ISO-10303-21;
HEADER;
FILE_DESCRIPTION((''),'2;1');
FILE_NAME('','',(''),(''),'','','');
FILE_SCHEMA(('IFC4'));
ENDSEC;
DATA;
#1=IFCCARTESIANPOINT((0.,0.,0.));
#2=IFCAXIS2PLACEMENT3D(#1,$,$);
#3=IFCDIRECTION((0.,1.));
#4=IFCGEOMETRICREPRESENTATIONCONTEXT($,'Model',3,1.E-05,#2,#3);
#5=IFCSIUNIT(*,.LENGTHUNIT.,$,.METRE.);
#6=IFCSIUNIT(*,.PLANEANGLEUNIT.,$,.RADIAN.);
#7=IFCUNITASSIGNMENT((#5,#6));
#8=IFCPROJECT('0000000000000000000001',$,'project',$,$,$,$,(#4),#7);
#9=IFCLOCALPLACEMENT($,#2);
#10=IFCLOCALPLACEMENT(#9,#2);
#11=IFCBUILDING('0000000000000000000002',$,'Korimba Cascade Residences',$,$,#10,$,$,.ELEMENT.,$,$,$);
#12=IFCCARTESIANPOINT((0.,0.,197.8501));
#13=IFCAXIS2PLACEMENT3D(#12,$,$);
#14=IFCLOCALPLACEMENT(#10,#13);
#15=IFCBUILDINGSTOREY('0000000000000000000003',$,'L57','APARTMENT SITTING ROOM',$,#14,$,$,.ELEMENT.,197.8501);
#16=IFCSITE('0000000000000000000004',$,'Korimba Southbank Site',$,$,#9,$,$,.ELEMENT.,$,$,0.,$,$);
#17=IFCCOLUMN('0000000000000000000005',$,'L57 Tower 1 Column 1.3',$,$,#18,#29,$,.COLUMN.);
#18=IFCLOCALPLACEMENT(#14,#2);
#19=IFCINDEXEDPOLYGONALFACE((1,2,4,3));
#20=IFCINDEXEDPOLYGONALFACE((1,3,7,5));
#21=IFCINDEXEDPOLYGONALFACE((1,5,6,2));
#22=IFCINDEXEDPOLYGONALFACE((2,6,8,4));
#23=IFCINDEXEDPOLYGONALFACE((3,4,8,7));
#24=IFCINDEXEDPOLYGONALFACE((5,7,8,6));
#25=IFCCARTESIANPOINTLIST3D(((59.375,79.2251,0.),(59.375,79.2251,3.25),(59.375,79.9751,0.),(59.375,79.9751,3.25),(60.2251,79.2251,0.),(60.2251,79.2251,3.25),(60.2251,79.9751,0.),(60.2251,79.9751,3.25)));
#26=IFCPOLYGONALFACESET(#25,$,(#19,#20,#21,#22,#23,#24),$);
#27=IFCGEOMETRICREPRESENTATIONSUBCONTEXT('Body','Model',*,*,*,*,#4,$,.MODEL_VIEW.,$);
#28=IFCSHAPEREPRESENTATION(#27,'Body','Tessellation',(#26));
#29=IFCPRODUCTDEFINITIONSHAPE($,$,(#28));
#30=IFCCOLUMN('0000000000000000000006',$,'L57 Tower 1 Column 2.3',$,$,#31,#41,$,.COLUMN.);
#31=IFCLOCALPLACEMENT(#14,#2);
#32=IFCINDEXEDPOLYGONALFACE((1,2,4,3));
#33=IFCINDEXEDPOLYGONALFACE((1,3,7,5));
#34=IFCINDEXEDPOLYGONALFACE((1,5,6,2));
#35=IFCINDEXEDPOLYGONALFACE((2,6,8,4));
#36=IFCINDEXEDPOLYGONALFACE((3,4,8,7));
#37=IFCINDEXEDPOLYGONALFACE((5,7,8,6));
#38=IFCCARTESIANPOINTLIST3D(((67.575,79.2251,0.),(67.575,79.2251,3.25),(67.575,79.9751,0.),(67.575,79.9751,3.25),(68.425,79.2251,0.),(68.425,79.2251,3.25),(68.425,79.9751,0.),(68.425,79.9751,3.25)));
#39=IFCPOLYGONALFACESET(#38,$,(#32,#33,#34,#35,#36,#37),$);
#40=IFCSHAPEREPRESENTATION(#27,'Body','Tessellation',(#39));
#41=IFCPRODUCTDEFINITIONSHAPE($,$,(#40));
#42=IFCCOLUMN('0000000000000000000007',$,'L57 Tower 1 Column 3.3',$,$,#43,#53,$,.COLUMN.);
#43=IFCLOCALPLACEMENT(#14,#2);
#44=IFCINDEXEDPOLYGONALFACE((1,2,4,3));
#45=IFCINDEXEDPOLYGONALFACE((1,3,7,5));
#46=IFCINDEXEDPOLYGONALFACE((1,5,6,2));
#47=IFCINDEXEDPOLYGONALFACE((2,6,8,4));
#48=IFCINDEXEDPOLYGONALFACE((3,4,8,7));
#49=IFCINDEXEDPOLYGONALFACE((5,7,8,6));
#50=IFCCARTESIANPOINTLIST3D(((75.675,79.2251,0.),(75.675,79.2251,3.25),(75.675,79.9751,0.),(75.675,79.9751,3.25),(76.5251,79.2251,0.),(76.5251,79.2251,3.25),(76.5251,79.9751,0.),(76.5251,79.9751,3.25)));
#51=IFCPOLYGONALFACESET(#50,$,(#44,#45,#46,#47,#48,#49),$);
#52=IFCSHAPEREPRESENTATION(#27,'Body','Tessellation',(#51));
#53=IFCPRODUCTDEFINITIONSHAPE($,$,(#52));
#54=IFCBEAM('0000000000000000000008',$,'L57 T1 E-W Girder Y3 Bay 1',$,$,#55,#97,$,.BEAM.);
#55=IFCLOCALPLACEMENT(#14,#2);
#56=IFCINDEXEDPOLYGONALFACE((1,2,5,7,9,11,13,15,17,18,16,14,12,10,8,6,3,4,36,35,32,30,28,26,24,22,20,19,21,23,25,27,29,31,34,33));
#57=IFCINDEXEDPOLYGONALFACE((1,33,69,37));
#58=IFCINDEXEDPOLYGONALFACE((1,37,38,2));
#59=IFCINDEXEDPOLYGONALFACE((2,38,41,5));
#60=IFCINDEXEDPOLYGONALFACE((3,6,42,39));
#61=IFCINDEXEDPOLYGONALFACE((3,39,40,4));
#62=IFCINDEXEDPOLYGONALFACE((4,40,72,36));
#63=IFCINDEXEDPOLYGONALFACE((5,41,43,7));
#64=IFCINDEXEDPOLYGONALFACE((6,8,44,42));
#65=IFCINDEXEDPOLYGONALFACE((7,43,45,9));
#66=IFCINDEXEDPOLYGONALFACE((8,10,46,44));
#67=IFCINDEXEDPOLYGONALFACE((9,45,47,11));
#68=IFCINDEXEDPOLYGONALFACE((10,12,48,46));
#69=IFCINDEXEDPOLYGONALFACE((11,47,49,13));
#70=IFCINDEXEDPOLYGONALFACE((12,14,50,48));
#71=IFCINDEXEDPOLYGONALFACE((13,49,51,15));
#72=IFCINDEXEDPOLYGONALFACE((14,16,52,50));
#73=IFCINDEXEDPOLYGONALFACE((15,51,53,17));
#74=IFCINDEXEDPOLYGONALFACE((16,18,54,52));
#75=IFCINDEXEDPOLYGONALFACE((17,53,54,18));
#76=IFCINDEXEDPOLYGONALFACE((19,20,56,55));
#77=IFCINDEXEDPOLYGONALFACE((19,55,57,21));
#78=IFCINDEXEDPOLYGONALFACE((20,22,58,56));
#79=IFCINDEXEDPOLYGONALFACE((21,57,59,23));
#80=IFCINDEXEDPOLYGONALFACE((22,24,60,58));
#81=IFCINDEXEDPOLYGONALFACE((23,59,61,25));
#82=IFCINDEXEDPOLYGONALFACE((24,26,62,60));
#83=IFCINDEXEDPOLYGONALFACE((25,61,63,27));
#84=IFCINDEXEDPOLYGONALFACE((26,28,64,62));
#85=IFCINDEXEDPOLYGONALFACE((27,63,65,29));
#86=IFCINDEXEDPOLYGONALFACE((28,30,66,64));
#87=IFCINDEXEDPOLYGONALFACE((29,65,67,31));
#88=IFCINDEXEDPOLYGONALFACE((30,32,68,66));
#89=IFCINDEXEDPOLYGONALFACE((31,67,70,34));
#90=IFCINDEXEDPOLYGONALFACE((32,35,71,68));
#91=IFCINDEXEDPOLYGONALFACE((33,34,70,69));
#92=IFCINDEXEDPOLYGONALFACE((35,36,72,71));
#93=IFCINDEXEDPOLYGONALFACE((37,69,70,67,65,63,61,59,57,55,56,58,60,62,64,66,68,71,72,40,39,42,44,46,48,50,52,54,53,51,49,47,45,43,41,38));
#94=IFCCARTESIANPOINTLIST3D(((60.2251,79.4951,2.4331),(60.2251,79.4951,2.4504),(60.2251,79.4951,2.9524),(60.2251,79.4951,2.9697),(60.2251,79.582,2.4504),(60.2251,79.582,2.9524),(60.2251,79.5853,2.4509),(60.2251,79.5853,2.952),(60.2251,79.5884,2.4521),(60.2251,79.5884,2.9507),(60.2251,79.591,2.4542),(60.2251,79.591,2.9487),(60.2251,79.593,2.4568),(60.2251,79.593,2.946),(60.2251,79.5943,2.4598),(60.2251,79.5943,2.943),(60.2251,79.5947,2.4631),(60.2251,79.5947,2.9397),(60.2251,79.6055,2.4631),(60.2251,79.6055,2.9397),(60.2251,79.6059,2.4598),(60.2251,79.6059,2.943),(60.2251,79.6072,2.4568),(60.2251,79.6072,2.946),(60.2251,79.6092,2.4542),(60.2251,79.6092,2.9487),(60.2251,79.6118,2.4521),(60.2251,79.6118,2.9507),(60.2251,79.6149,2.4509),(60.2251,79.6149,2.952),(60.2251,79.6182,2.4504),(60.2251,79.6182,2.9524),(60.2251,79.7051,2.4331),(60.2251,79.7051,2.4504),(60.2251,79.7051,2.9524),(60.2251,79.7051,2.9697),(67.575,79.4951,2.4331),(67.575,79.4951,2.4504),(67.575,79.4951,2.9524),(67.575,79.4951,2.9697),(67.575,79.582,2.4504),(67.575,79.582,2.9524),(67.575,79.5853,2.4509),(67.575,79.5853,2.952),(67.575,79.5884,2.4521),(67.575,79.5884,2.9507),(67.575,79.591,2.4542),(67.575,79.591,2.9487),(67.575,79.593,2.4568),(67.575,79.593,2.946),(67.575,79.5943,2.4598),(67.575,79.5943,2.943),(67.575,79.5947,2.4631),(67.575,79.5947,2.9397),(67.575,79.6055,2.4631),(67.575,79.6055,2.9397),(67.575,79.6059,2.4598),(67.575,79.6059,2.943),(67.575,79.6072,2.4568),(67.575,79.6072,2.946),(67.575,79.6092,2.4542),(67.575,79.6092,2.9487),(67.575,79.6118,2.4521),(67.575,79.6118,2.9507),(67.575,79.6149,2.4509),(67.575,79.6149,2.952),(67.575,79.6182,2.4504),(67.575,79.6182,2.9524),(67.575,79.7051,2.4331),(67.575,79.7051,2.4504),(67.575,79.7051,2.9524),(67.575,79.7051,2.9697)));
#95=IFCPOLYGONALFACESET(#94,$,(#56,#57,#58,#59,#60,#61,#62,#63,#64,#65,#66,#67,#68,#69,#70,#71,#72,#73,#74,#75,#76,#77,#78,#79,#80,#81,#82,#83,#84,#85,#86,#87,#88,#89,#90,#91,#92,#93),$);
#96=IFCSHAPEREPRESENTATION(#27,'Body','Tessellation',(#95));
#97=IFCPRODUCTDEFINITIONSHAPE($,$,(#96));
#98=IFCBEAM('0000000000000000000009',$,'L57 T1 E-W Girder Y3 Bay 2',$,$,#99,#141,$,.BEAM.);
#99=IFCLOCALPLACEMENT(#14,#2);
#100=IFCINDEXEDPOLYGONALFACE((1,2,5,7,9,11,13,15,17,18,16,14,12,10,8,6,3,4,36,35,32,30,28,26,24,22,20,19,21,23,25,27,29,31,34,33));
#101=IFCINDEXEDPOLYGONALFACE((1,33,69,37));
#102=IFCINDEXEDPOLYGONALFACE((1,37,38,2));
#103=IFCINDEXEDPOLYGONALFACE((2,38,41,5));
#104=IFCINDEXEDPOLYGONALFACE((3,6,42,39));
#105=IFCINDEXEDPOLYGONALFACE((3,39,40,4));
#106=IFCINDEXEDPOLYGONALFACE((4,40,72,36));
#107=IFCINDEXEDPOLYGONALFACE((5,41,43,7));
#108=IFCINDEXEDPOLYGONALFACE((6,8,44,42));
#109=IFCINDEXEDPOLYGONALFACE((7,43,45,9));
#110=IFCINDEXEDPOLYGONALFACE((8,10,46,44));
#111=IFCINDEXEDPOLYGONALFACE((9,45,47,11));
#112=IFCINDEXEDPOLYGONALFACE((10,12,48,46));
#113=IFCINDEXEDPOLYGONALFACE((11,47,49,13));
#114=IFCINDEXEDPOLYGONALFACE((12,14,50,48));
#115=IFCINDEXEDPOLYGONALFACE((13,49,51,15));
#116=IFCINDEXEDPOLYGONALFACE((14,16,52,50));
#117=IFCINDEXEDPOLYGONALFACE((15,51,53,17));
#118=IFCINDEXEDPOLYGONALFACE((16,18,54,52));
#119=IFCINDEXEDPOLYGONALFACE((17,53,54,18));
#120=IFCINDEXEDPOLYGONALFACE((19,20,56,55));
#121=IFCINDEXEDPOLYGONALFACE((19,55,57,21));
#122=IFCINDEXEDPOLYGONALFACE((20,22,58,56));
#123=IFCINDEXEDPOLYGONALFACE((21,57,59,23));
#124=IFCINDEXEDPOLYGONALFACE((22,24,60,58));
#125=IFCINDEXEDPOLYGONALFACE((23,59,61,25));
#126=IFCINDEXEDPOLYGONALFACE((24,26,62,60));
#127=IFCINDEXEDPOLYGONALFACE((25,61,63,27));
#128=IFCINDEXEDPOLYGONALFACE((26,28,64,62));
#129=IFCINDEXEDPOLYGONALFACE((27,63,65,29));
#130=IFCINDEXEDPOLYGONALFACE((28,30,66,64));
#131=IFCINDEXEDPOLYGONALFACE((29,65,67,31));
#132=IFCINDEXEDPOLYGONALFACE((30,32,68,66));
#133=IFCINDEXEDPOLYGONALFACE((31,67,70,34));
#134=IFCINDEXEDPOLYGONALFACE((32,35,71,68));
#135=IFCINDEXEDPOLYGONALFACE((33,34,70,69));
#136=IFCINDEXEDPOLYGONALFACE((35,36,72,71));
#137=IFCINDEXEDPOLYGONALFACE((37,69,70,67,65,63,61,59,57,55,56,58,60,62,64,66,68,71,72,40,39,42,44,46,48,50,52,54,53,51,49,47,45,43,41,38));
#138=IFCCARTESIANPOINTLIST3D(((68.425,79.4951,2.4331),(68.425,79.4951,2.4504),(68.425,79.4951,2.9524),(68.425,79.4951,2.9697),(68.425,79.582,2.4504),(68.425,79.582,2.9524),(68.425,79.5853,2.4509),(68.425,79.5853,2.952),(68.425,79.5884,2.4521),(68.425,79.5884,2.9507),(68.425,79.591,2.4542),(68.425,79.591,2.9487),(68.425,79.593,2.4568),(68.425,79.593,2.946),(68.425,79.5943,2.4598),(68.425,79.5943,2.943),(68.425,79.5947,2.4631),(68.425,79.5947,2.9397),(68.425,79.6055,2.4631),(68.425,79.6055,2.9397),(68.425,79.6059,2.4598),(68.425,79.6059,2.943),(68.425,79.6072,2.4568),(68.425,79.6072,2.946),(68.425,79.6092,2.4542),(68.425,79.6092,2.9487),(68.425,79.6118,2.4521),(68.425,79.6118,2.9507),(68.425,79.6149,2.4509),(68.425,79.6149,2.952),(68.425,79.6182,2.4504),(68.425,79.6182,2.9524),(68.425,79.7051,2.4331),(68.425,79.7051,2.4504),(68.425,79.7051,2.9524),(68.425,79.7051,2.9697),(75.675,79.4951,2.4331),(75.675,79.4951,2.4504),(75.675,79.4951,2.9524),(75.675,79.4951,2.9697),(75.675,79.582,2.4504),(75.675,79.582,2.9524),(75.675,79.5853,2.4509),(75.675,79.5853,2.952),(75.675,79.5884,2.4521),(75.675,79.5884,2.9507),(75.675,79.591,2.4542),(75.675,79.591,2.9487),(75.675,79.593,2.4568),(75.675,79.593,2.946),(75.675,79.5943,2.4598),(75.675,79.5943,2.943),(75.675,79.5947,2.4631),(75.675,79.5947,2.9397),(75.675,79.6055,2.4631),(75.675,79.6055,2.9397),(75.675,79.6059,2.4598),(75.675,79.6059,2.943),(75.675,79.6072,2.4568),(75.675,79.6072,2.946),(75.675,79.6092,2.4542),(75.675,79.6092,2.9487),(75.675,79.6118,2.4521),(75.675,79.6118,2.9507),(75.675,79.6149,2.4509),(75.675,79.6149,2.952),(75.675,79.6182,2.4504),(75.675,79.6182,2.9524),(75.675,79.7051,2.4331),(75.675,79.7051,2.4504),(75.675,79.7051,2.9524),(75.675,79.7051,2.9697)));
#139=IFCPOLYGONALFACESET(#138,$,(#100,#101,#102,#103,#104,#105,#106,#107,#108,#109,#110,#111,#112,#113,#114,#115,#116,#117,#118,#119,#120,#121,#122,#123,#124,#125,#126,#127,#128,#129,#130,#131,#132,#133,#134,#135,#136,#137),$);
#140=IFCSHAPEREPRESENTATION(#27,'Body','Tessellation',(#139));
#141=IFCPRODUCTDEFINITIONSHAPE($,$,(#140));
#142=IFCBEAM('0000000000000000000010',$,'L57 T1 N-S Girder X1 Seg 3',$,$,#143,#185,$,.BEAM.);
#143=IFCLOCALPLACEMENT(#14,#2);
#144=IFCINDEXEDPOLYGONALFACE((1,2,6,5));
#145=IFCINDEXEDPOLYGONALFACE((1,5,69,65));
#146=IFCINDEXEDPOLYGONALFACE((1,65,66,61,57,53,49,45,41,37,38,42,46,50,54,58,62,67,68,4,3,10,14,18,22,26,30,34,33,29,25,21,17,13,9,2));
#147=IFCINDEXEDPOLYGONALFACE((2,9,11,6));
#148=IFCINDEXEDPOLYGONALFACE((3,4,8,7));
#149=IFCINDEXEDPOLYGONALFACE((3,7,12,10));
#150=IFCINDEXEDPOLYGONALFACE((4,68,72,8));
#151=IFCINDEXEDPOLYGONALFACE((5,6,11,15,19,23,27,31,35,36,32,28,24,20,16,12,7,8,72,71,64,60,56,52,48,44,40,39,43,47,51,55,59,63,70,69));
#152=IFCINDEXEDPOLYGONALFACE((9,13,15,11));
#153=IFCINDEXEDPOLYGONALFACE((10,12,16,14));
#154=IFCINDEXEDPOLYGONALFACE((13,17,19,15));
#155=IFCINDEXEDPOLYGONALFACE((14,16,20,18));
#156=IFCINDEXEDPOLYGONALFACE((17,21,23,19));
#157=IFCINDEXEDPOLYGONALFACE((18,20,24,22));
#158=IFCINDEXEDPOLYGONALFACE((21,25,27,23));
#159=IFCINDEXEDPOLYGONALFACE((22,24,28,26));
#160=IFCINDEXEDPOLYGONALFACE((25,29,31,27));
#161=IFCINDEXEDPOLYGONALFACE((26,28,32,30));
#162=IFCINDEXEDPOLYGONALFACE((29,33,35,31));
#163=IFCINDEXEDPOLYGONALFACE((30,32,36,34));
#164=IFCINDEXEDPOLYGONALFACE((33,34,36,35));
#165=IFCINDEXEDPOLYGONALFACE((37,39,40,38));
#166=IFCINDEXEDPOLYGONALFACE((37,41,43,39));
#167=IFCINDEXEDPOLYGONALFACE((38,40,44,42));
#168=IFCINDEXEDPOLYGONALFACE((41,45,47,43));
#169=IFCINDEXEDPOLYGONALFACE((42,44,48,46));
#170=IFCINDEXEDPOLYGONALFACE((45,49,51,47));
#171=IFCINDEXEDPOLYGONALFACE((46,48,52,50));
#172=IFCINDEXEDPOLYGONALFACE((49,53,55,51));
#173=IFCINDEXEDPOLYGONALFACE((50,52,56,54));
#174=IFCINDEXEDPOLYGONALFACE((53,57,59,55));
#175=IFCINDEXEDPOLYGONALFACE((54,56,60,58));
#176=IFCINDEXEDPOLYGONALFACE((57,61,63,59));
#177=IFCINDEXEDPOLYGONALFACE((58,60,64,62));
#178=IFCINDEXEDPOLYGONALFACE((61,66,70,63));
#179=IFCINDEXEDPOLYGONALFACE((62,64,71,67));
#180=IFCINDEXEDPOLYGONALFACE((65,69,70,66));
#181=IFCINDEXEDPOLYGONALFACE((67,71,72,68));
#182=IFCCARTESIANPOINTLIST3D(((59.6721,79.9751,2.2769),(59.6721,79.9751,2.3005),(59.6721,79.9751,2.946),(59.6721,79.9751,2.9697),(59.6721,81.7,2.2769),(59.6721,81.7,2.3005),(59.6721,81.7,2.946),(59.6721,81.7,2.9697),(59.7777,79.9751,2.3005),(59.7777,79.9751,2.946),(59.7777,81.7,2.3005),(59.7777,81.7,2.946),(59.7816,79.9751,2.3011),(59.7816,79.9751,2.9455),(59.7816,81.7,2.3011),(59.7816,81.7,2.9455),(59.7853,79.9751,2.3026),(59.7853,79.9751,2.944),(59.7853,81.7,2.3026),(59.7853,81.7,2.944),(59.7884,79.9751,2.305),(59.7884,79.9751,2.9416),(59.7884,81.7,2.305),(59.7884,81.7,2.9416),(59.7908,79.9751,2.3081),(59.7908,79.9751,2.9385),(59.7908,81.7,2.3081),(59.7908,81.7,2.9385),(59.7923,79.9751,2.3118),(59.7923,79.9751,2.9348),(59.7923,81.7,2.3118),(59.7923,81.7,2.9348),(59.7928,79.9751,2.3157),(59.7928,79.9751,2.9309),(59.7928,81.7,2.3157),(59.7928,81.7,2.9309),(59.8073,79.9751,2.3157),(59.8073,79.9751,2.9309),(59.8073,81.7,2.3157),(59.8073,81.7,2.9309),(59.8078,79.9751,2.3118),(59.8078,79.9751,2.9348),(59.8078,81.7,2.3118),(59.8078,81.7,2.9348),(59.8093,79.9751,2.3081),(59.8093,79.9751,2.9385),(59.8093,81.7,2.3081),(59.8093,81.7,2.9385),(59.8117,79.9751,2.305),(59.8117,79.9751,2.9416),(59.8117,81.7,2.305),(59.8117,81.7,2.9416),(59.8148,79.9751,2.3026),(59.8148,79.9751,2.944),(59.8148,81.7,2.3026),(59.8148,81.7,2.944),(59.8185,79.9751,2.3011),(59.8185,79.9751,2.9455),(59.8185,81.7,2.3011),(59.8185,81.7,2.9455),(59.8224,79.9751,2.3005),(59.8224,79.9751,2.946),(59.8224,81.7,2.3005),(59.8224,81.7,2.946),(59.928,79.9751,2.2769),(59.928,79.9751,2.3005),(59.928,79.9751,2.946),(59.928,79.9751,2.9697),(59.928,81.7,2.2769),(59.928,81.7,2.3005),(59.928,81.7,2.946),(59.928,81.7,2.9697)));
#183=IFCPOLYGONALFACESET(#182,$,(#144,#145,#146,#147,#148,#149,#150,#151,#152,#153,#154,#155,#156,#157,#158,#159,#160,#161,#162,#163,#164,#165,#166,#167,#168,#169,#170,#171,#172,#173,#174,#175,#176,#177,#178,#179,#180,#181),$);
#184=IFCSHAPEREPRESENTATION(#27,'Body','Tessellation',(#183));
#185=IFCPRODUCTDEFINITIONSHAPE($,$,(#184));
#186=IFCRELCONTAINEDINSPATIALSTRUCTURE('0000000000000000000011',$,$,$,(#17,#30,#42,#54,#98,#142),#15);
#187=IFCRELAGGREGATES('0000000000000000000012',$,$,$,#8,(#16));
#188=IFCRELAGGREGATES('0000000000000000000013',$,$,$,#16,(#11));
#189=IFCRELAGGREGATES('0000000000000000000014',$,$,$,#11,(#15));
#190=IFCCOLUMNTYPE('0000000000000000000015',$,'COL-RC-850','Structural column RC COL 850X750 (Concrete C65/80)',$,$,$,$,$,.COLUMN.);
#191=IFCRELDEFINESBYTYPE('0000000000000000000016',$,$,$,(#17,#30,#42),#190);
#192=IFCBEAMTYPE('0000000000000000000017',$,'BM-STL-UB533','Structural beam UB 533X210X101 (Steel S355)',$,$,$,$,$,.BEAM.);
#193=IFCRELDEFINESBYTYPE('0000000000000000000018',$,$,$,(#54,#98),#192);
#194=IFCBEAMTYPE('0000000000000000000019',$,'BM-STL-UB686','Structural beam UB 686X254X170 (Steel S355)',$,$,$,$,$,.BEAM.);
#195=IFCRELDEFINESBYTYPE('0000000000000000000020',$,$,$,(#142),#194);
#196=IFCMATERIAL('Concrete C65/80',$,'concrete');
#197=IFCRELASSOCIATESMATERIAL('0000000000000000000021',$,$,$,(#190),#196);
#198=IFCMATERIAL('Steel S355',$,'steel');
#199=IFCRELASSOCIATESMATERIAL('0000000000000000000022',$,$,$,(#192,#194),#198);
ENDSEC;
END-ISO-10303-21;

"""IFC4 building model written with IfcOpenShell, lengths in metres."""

from ifc_helpers import new_model, si_unit, direction, frame, origin, origin_2d, place, context, subcontext, project, spatial, rectangle, i_section, extrude, material, material_profile, profile_set, type_object, element, save


model = new_model("IFC4")

# Units and contexts
model_context = context("Model", 3, precision=1e-05, world=origin(), true_north=direction((0.0, 1.0)))
body_context = subcontext(model_context, "Body", "Model", "MODEL_VIEW")
ifc_project = project(units=[si_unit("LENGTHUNIT", "METRE"), si_unit("PLANEANGLEUNIT", "RADIAN")], contexts=[model_context])

# Site, building, storey
site_placement = place(None, origin())
site = spatial("IfcSite", under=ifc_project, at=site_placement, Name="Korimba Southbank Site", CompositionType="ELEMENT", RefElevation=0.0)
building_placement = place(site_placement, origin())
building = spatial("IfcBuilding", under=site, at=building_placement, Name="Korimba Cascade Residences", CompositionType="ELEMENT")
storey_placement = place(building_placement, frame((0.0, 0.0, 197.8501)))
storey = spatial("IfcBuildingStorey", under=building, at=storey_placement, Name="L57", Description="APARTMENT SITTING ROOM", CompositionType="ELEMENT", Elevation=197.8501)

# Columns
ifc_material_1 = material(Name="Concrete C65/80", Category="concrete")
ifc_material_profile_1 = material_profile(ifc_material_1, rectangle(XDim=0.8501, YDim=0.75, at=origin_2d()), Name="Concrete C65/80")
ifc_profile_set_1 = profile_set([ifc_material_profile_1], Name="Concrete C65/80")
column_type = type_object("IfcColumnType", Name="COL-RC-850", Description="Structural column RC COL 850X750 (Concrete C65/80)", PredefinedType="COLUMN", material=ifc_profile_set_1)
for number, where, z_axis, x_axis, name in (
    (1, (59.8, 79.6001, 0.0), (0.0, 0.0, 1.0), (1.0, 0.0, 0.0), "L57 Tower 1 Column 1.3"),
    (2, (68.0, 79.6001, 0.0), (0.0, 0.0, 1.0), (1.0, 0.0, 0.0), "L57 Tower 1 Column 2.3"),
    (3, (76.1001, 79.6001, 0.0), (0.0, 0.0, 1.0), (1.0, 0.0, 0.0), "L57 Tower 1 Column 3.3"),
):
    element("IfcColumn", number, at=place(storey_placement, frame(where, z_axis=z_axis, x_axis=x_axis)), inside=storey, type_object=column_type, Name=name, PredefinedType="COLUMN", context=body_context, shape_type="SweptSolid", body=[
        extrude(rectangle(XDim=0.8501, YDim=0.75, at=origin_2d()), origin(), (0.0, 0.0, 1.0), 3.25),
    ])

# Beams
ifc_material_2 = material(Name="Steel S355", Category="steel")
ifc_material_profile_2 = material_profile(ifc_material_2, i_section(OverallWidth=0.21, OverallDepth=0.5366, WebThickness=0.0107, FlangeThickness=0.0173, FilletRadius=0.0127, at=origin_2d()), Name="Steel S355")
ifc_profile_set_2 = profile_set([ifc_material_profile_2], Name="Steel S355")
beam_type_1 = type_object("IfcBeamType", Name="BM-STL-UB533", Description="Structural beam UB 533X210X101 (Steel S355)", PredefinedType="BEAM", material=ifc_profile_set_2)
beam_1_placement = place(storey_placement, frame((60.2251, 79.6001, 2.7014), z_axis=(1.0, 0.0, 0.0), x_axis=(0.0, 1.0, 0.0)))
element("IfcBeam", 4, at=beam_1_placement, inside=storey, type_object=beam_type_1, Name="L57 T1 E-W Girder Y3 Bay 1", PredefinedType="BEAM", context=body_context, shape_type="SweptSolid", body=[
    extrude(i_section(OverallWidth=0.21, OverallDepth=0.5366, WebThickness=0.0107, FlangeThickness=0.0173, FilletRadius=0.0127, at=origin_2d()), origin(), (0.0, 0.0, 1.0), 7.3499),
])
beam_2_placement = place(storey_placement, frame((68.425, 79.6001, 2.7014), z_axis=(1.0, 0.0, 0.0), x_axis=(0.0, 1.0, 0.0)))
element("IfcBeam", 5, at=beam_2_placement, inside=storey, type_object=beam_type_1, Name="L57 T1 E-W Girder Y3 Bay 2", PredefinedType="BEAM", context=body_context, shape_type="SweptSolid", body=[
    extrude(i_section(OverallWidth=0.21, OverallDepth=0.5366, WebThickness=0.0107, FlangeThickness=0.0173, FilletRadius=0.0127, at=origin_2d()), origin(), (0.0, 0.0, 1.0), 7.25),
])
ifc_material_profile_3 = material_profile(ifc_material_2, i_section(OverallWidth=0.2559, OverallDepth=0.6929, WebThickness=0.0144, FlangeThickness=0.0237, FilletRadius=0.0151, at=origin_2d()), Name="Steel S355")
ifc_profile_set_3 = profile_set([ifc_material_profile_3], Name="Steel S355")
beam_type_2 = type_object("IfcBeamType", Name="BM-STL-UB686", Description="Structural beam UB 686X254X170 (Steel S355)", PredefinedType="BEAM", material=ifc_profile_set_3)
beam_3_placement = place(storey_placement, frame((59.8, 79.9751, 2.6233), z_axis=(0.0, 1.0, 0.0), x_axis=(-1.0, 0.0, 0.0)))
element("IfcBeam", 6, at=beam_3_placement, inside=storey, type_object=beam_type_2, Name="L57 T1 N-S Girder X1 Seg 3", PredefinedType="BEAM", context=body_context, shape_type="SweptSolid", body=[
    extrude(i_section(OverallWidth=0.2559, OverallDepth=0.6929, WebThickness=0.0144, FlangeThickness=0.0237, FilletRadius=0.0151, at=origin_2d()), origin(), (0.0, 0.0, 1.0), 1.7249),
])

save(model, "model.ifc")
